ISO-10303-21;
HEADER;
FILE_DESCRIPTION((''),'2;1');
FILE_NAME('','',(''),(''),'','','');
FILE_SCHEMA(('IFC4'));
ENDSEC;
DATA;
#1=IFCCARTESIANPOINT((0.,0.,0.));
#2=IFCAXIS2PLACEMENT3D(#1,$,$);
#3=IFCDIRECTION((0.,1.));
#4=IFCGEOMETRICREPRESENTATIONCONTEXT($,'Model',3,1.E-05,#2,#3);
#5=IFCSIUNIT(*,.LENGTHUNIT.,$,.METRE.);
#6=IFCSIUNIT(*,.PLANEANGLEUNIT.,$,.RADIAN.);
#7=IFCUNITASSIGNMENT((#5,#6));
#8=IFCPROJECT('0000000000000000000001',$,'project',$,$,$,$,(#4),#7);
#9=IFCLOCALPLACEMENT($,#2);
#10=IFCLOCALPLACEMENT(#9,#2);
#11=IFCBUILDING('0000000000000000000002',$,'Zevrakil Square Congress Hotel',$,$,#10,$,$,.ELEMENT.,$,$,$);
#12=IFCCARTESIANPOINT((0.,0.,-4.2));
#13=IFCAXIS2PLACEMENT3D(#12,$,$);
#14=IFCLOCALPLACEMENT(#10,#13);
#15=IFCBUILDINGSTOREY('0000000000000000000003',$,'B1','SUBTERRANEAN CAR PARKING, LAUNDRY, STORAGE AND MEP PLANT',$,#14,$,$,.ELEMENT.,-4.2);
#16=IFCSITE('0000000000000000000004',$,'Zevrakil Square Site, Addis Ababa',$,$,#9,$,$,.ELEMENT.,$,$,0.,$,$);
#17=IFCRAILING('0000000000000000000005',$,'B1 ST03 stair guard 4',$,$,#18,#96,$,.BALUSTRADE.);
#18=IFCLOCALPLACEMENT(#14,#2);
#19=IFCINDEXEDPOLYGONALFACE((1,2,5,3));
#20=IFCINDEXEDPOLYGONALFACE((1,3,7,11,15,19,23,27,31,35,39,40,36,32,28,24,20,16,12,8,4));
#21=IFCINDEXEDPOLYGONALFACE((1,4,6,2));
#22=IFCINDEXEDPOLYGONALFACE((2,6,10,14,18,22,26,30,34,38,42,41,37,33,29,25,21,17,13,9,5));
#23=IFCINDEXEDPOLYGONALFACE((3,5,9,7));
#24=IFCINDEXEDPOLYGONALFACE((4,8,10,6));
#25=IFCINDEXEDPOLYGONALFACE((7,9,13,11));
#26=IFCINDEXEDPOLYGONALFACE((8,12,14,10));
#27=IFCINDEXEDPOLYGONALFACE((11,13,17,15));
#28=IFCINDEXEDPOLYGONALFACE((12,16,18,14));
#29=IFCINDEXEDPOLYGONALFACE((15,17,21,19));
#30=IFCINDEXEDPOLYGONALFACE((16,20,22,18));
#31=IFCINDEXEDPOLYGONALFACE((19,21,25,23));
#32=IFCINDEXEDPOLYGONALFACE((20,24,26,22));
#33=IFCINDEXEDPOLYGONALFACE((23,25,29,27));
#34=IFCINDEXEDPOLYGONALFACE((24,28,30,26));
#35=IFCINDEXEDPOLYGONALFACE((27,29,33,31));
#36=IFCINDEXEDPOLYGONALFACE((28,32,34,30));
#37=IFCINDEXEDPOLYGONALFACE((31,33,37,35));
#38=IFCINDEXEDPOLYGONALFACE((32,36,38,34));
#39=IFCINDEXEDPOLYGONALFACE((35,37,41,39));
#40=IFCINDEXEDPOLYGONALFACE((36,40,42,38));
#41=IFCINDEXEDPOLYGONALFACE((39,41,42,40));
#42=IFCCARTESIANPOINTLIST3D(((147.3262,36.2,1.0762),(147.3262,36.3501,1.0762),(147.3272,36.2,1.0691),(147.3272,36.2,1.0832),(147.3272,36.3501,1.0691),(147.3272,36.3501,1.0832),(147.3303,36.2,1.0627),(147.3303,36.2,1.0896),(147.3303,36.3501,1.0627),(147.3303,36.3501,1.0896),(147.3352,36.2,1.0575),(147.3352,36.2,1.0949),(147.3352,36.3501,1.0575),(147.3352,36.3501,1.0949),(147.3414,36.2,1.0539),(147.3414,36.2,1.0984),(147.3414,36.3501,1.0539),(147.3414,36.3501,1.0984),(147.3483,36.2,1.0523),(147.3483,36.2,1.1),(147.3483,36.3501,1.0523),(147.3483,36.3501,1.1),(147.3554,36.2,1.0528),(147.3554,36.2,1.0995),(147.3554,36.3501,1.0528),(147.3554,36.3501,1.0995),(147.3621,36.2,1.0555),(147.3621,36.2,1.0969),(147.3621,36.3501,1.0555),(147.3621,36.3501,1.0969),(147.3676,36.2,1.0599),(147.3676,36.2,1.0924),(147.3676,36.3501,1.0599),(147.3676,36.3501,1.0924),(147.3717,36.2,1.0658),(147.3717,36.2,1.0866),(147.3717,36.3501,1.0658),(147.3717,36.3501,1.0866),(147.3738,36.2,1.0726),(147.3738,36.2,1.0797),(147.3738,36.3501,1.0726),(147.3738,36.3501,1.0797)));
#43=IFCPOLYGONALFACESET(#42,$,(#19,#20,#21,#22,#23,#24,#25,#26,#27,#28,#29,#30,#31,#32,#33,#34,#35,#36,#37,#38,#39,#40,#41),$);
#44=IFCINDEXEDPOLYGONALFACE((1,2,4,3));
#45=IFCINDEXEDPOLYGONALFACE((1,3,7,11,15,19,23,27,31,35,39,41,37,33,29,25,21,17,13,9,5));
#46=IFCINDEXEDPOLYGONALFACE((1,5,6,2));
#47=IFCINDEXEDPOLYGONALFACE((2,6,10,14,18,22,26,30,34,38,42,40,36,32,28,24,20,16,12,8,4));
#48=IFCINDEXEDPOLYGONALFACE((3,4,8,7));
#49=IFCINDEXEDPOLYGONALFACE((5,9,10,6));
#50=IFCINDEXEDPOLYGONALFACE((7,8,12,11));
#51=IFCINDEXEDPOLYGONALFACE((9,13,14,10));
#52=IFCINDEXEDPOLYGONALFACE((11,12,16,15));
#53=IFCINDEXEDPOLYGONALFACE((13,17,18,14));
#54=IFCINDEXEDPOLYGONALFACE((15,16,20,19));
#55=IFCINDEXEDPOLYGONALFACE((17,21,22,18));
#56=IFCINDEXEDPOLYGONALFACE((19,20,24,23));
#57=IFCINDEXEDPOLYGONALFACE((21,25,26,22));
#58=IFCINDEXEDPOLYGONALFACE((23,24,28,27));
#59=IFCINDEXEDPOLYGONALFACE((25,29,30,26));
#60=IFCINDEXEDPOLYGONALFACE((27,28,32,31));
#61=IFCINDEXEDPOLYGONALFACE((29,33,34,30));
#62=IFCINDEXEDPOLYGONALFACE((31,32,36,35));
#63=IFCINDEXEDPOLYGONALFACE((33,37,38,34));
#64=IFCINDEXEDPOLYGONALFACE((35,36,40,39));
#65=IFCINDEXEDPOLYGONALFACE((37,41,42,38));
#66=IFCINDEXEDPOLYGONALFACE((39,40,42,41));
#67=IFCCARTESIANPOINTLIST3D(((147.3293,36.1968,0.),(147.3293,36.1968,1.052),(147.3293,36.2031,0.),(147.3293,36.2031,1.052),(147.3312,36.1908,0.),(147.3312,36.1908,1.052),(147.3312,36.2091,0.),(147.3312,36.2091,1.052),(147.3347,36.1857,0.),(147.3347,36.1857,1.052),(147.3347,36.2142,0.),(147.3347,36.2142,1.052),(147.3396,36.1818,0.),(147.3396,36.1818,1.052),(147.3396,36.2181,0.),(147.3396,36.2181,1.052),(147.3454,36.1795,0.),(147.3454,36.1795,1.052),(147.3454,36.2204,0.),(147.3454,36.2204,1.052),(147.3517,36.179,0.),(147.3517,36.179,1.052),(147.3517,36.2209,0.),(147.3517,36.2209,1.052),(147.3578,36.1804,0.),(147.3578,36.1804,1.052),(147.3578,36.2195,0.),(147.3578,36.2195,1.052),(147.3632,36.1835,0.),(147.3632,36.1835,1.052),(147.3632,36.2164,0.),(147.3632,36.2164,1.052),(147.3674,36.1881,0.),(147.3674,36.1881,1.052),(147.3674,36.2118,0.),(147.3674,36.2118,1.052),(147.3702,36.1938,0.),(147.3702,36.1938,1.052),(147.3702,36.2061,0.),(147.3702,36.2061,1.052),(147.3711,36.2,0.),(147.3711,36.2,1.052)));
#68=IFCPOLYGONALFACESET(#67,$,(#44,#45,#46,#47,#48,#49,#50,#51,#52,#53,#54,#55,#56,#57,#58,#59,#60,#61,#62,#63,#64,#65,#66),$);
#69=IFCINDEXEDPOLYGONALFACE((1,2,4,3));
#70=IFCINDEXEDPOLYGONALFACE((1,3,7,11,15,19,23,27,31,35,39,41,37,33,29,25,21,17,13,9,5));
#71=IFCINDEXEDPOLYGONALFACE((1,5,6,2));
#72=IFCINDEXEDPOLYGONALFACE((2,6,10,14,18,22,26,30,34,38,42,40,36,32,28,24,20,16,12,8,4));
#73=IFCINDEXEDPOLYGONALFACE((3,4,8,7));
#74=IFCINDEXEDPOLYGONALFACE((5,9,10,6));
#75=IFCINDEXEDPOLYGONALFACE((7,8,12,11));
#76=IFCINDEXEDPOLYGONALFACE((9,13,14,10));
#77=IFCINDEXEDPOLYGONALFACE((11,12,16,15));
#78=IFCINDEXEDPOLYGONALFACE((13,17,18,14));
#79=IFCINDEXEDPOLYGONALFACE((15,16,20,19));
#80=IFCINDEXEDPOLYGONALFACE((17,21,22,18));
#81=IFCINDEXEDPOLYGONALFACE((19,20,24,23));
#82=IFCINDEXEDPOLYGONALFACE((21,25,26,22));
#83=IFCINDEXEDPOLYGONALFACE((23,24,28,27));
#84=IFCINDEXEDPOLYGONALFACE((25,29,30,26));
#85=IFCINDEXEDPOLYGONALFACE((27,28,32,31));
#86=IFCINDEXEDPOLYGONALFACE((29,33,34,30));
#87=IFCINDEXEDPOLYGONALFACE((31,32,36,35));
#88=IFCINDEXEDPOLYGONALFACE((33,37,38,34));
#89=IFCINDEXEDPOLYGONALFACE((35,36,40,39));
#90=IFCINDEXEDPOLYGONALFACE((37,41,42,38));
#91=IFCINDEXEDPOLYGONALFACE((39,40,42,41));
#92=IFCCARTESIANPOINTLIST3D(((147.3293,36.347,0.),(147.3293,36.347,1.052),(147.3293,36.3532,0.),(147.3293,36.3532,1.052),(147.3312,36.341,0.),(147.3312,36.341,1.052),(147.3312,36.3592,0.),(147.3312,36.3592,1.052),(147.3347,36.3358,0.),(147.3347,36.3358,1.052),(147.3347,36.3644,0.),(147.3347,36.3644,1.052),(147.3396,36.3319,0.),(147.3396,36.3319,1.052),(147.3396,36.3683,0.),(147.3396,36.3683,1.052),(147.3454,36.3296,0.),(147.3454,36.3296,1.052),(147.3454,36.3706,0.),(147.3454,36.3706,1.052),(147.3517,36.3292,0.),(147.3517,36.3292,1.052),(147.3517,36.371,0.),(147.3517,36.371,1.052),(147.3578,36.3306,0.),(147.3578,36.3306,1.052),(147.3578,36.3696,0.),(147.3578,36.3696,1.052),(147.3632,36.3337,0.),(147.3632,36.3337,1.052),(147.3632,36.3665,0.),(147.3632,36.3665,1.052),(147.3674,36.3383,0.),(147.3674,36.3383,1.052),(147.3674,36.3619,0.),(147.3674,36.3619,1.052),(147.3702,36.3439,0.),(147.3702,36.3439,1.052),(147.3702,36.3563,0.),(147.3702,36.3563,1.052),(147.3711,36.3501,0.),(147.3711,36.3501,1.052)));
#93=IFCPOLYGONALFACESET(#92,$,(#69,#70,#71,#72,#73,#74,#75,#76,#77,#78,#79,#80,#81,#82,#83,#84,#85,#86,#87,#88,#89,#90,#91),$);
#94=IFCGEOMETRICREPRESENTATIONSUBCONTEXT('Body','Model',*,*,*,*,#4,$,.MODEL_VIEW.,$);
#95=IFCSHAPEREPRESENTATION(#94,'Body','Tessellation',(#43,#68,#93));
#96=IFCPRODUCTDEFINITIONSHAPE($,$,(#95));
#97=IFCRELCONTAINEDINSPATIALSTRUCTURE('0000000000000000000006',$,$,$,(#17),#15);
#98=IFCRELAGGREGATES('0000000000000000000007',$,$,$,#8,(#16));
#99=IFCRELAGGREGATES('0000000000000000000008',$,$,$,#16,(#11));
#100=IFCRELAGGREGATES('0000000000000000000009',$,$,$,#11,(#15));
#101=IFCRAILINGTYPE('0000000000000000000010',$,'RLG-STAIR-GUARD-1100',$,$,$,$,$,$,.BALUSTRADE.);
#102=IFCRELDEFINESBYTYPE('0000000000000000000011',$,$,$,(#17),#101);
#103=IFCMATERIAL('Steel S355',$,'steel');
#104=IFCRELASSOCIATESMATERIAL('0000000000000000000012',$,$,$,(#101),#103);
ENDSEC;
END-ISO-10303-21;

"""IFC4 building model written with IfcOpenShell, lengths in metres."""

from ifc_helpers import new_model, si_unit, direction, frame, origin, origin_2d, place, context, subcontext, project, spatial, circle, extrude, material, type_object, element, save


model = new_model("IFC4")

# Units and contexts
model_context = context("Model", 3, precision=1e-05, world=origin(), true_north=direction((0.0, 1.0)))
body_context = subcontext(model_context, "Body", "Model", "MODEL_VIEW")
ifc_project = project(units=[si_unit("LENGTHUNIT", "METRE"), si_unit("PLANEANGLEUNIT", "RADIAN")], contexts=[model_context])

# Site, building, storey
site_placement = place(None, origin())
site = spatial("IfcSite", under=ifc_project, at=site_placement, Name="Zevrakil Square Site, Addis Ababa", CompositionType="ELEMENT", RefElevation=0.0)
building_placement = place(site_placement, origin())
building = spatial("IfcBuilding", under=site, at=building_placement, Name="Zevrakil Square Congress Hotel", CompositionType="ELEMENT")
storey_placement = place(building_placement, frame((0.0, 0.0, -4.2)))
storey = spatial("IfcBuildingStorey", under=building, at=storey_placement, Name="B1", Description="SUBTERRANEAN CAR PARKING, LAUNDRY, STORAGE AND MEP PLANT", CompositionType="ELEMENT", Elevation=-4.2)

# Railing
ifc_material_1 = material(Name="Steel S355", Category="steel")
railing_type_1 = type_object("IfcRailingType", Name="RLG-STAIR-GUARD-1100", PredefinedType="BALUSTRADE", material=ifc_material_1)
railing_1_placement = place(storey_placement, frame((147.3501, 36.2, 0.0)))
element("IfcRailing", 1, at=railing_1_placement, inside=storey, type_object=railing_type_1, Name="B1 ST03 stair guard 4", PredefinedType="BALUSTRADE", context=body_context, shape_type="SweptSolid", body=[
    extrude(circle(Radius=0.0239, at=origin_2d()), frame((0.0, 0.0, 1.0762), z_axis=(0.0, 1.0, 0.0), x_axis=(-1.0, 0.0, 0.0)), (0.0, 0.0, 1.0), 0.1501),
    extrude(circle(Radius=0.021, at=origin_2d()), origin(), (0.0, 0.0, 1.0), 1.052),
    extrude(circle(Radius=0.021, at=origin_2d()), frame((0.0, 0.1501, 0.0)), (0.0, 0.0, 1.0), 1.052),
])

save(model, "model.ifc")
